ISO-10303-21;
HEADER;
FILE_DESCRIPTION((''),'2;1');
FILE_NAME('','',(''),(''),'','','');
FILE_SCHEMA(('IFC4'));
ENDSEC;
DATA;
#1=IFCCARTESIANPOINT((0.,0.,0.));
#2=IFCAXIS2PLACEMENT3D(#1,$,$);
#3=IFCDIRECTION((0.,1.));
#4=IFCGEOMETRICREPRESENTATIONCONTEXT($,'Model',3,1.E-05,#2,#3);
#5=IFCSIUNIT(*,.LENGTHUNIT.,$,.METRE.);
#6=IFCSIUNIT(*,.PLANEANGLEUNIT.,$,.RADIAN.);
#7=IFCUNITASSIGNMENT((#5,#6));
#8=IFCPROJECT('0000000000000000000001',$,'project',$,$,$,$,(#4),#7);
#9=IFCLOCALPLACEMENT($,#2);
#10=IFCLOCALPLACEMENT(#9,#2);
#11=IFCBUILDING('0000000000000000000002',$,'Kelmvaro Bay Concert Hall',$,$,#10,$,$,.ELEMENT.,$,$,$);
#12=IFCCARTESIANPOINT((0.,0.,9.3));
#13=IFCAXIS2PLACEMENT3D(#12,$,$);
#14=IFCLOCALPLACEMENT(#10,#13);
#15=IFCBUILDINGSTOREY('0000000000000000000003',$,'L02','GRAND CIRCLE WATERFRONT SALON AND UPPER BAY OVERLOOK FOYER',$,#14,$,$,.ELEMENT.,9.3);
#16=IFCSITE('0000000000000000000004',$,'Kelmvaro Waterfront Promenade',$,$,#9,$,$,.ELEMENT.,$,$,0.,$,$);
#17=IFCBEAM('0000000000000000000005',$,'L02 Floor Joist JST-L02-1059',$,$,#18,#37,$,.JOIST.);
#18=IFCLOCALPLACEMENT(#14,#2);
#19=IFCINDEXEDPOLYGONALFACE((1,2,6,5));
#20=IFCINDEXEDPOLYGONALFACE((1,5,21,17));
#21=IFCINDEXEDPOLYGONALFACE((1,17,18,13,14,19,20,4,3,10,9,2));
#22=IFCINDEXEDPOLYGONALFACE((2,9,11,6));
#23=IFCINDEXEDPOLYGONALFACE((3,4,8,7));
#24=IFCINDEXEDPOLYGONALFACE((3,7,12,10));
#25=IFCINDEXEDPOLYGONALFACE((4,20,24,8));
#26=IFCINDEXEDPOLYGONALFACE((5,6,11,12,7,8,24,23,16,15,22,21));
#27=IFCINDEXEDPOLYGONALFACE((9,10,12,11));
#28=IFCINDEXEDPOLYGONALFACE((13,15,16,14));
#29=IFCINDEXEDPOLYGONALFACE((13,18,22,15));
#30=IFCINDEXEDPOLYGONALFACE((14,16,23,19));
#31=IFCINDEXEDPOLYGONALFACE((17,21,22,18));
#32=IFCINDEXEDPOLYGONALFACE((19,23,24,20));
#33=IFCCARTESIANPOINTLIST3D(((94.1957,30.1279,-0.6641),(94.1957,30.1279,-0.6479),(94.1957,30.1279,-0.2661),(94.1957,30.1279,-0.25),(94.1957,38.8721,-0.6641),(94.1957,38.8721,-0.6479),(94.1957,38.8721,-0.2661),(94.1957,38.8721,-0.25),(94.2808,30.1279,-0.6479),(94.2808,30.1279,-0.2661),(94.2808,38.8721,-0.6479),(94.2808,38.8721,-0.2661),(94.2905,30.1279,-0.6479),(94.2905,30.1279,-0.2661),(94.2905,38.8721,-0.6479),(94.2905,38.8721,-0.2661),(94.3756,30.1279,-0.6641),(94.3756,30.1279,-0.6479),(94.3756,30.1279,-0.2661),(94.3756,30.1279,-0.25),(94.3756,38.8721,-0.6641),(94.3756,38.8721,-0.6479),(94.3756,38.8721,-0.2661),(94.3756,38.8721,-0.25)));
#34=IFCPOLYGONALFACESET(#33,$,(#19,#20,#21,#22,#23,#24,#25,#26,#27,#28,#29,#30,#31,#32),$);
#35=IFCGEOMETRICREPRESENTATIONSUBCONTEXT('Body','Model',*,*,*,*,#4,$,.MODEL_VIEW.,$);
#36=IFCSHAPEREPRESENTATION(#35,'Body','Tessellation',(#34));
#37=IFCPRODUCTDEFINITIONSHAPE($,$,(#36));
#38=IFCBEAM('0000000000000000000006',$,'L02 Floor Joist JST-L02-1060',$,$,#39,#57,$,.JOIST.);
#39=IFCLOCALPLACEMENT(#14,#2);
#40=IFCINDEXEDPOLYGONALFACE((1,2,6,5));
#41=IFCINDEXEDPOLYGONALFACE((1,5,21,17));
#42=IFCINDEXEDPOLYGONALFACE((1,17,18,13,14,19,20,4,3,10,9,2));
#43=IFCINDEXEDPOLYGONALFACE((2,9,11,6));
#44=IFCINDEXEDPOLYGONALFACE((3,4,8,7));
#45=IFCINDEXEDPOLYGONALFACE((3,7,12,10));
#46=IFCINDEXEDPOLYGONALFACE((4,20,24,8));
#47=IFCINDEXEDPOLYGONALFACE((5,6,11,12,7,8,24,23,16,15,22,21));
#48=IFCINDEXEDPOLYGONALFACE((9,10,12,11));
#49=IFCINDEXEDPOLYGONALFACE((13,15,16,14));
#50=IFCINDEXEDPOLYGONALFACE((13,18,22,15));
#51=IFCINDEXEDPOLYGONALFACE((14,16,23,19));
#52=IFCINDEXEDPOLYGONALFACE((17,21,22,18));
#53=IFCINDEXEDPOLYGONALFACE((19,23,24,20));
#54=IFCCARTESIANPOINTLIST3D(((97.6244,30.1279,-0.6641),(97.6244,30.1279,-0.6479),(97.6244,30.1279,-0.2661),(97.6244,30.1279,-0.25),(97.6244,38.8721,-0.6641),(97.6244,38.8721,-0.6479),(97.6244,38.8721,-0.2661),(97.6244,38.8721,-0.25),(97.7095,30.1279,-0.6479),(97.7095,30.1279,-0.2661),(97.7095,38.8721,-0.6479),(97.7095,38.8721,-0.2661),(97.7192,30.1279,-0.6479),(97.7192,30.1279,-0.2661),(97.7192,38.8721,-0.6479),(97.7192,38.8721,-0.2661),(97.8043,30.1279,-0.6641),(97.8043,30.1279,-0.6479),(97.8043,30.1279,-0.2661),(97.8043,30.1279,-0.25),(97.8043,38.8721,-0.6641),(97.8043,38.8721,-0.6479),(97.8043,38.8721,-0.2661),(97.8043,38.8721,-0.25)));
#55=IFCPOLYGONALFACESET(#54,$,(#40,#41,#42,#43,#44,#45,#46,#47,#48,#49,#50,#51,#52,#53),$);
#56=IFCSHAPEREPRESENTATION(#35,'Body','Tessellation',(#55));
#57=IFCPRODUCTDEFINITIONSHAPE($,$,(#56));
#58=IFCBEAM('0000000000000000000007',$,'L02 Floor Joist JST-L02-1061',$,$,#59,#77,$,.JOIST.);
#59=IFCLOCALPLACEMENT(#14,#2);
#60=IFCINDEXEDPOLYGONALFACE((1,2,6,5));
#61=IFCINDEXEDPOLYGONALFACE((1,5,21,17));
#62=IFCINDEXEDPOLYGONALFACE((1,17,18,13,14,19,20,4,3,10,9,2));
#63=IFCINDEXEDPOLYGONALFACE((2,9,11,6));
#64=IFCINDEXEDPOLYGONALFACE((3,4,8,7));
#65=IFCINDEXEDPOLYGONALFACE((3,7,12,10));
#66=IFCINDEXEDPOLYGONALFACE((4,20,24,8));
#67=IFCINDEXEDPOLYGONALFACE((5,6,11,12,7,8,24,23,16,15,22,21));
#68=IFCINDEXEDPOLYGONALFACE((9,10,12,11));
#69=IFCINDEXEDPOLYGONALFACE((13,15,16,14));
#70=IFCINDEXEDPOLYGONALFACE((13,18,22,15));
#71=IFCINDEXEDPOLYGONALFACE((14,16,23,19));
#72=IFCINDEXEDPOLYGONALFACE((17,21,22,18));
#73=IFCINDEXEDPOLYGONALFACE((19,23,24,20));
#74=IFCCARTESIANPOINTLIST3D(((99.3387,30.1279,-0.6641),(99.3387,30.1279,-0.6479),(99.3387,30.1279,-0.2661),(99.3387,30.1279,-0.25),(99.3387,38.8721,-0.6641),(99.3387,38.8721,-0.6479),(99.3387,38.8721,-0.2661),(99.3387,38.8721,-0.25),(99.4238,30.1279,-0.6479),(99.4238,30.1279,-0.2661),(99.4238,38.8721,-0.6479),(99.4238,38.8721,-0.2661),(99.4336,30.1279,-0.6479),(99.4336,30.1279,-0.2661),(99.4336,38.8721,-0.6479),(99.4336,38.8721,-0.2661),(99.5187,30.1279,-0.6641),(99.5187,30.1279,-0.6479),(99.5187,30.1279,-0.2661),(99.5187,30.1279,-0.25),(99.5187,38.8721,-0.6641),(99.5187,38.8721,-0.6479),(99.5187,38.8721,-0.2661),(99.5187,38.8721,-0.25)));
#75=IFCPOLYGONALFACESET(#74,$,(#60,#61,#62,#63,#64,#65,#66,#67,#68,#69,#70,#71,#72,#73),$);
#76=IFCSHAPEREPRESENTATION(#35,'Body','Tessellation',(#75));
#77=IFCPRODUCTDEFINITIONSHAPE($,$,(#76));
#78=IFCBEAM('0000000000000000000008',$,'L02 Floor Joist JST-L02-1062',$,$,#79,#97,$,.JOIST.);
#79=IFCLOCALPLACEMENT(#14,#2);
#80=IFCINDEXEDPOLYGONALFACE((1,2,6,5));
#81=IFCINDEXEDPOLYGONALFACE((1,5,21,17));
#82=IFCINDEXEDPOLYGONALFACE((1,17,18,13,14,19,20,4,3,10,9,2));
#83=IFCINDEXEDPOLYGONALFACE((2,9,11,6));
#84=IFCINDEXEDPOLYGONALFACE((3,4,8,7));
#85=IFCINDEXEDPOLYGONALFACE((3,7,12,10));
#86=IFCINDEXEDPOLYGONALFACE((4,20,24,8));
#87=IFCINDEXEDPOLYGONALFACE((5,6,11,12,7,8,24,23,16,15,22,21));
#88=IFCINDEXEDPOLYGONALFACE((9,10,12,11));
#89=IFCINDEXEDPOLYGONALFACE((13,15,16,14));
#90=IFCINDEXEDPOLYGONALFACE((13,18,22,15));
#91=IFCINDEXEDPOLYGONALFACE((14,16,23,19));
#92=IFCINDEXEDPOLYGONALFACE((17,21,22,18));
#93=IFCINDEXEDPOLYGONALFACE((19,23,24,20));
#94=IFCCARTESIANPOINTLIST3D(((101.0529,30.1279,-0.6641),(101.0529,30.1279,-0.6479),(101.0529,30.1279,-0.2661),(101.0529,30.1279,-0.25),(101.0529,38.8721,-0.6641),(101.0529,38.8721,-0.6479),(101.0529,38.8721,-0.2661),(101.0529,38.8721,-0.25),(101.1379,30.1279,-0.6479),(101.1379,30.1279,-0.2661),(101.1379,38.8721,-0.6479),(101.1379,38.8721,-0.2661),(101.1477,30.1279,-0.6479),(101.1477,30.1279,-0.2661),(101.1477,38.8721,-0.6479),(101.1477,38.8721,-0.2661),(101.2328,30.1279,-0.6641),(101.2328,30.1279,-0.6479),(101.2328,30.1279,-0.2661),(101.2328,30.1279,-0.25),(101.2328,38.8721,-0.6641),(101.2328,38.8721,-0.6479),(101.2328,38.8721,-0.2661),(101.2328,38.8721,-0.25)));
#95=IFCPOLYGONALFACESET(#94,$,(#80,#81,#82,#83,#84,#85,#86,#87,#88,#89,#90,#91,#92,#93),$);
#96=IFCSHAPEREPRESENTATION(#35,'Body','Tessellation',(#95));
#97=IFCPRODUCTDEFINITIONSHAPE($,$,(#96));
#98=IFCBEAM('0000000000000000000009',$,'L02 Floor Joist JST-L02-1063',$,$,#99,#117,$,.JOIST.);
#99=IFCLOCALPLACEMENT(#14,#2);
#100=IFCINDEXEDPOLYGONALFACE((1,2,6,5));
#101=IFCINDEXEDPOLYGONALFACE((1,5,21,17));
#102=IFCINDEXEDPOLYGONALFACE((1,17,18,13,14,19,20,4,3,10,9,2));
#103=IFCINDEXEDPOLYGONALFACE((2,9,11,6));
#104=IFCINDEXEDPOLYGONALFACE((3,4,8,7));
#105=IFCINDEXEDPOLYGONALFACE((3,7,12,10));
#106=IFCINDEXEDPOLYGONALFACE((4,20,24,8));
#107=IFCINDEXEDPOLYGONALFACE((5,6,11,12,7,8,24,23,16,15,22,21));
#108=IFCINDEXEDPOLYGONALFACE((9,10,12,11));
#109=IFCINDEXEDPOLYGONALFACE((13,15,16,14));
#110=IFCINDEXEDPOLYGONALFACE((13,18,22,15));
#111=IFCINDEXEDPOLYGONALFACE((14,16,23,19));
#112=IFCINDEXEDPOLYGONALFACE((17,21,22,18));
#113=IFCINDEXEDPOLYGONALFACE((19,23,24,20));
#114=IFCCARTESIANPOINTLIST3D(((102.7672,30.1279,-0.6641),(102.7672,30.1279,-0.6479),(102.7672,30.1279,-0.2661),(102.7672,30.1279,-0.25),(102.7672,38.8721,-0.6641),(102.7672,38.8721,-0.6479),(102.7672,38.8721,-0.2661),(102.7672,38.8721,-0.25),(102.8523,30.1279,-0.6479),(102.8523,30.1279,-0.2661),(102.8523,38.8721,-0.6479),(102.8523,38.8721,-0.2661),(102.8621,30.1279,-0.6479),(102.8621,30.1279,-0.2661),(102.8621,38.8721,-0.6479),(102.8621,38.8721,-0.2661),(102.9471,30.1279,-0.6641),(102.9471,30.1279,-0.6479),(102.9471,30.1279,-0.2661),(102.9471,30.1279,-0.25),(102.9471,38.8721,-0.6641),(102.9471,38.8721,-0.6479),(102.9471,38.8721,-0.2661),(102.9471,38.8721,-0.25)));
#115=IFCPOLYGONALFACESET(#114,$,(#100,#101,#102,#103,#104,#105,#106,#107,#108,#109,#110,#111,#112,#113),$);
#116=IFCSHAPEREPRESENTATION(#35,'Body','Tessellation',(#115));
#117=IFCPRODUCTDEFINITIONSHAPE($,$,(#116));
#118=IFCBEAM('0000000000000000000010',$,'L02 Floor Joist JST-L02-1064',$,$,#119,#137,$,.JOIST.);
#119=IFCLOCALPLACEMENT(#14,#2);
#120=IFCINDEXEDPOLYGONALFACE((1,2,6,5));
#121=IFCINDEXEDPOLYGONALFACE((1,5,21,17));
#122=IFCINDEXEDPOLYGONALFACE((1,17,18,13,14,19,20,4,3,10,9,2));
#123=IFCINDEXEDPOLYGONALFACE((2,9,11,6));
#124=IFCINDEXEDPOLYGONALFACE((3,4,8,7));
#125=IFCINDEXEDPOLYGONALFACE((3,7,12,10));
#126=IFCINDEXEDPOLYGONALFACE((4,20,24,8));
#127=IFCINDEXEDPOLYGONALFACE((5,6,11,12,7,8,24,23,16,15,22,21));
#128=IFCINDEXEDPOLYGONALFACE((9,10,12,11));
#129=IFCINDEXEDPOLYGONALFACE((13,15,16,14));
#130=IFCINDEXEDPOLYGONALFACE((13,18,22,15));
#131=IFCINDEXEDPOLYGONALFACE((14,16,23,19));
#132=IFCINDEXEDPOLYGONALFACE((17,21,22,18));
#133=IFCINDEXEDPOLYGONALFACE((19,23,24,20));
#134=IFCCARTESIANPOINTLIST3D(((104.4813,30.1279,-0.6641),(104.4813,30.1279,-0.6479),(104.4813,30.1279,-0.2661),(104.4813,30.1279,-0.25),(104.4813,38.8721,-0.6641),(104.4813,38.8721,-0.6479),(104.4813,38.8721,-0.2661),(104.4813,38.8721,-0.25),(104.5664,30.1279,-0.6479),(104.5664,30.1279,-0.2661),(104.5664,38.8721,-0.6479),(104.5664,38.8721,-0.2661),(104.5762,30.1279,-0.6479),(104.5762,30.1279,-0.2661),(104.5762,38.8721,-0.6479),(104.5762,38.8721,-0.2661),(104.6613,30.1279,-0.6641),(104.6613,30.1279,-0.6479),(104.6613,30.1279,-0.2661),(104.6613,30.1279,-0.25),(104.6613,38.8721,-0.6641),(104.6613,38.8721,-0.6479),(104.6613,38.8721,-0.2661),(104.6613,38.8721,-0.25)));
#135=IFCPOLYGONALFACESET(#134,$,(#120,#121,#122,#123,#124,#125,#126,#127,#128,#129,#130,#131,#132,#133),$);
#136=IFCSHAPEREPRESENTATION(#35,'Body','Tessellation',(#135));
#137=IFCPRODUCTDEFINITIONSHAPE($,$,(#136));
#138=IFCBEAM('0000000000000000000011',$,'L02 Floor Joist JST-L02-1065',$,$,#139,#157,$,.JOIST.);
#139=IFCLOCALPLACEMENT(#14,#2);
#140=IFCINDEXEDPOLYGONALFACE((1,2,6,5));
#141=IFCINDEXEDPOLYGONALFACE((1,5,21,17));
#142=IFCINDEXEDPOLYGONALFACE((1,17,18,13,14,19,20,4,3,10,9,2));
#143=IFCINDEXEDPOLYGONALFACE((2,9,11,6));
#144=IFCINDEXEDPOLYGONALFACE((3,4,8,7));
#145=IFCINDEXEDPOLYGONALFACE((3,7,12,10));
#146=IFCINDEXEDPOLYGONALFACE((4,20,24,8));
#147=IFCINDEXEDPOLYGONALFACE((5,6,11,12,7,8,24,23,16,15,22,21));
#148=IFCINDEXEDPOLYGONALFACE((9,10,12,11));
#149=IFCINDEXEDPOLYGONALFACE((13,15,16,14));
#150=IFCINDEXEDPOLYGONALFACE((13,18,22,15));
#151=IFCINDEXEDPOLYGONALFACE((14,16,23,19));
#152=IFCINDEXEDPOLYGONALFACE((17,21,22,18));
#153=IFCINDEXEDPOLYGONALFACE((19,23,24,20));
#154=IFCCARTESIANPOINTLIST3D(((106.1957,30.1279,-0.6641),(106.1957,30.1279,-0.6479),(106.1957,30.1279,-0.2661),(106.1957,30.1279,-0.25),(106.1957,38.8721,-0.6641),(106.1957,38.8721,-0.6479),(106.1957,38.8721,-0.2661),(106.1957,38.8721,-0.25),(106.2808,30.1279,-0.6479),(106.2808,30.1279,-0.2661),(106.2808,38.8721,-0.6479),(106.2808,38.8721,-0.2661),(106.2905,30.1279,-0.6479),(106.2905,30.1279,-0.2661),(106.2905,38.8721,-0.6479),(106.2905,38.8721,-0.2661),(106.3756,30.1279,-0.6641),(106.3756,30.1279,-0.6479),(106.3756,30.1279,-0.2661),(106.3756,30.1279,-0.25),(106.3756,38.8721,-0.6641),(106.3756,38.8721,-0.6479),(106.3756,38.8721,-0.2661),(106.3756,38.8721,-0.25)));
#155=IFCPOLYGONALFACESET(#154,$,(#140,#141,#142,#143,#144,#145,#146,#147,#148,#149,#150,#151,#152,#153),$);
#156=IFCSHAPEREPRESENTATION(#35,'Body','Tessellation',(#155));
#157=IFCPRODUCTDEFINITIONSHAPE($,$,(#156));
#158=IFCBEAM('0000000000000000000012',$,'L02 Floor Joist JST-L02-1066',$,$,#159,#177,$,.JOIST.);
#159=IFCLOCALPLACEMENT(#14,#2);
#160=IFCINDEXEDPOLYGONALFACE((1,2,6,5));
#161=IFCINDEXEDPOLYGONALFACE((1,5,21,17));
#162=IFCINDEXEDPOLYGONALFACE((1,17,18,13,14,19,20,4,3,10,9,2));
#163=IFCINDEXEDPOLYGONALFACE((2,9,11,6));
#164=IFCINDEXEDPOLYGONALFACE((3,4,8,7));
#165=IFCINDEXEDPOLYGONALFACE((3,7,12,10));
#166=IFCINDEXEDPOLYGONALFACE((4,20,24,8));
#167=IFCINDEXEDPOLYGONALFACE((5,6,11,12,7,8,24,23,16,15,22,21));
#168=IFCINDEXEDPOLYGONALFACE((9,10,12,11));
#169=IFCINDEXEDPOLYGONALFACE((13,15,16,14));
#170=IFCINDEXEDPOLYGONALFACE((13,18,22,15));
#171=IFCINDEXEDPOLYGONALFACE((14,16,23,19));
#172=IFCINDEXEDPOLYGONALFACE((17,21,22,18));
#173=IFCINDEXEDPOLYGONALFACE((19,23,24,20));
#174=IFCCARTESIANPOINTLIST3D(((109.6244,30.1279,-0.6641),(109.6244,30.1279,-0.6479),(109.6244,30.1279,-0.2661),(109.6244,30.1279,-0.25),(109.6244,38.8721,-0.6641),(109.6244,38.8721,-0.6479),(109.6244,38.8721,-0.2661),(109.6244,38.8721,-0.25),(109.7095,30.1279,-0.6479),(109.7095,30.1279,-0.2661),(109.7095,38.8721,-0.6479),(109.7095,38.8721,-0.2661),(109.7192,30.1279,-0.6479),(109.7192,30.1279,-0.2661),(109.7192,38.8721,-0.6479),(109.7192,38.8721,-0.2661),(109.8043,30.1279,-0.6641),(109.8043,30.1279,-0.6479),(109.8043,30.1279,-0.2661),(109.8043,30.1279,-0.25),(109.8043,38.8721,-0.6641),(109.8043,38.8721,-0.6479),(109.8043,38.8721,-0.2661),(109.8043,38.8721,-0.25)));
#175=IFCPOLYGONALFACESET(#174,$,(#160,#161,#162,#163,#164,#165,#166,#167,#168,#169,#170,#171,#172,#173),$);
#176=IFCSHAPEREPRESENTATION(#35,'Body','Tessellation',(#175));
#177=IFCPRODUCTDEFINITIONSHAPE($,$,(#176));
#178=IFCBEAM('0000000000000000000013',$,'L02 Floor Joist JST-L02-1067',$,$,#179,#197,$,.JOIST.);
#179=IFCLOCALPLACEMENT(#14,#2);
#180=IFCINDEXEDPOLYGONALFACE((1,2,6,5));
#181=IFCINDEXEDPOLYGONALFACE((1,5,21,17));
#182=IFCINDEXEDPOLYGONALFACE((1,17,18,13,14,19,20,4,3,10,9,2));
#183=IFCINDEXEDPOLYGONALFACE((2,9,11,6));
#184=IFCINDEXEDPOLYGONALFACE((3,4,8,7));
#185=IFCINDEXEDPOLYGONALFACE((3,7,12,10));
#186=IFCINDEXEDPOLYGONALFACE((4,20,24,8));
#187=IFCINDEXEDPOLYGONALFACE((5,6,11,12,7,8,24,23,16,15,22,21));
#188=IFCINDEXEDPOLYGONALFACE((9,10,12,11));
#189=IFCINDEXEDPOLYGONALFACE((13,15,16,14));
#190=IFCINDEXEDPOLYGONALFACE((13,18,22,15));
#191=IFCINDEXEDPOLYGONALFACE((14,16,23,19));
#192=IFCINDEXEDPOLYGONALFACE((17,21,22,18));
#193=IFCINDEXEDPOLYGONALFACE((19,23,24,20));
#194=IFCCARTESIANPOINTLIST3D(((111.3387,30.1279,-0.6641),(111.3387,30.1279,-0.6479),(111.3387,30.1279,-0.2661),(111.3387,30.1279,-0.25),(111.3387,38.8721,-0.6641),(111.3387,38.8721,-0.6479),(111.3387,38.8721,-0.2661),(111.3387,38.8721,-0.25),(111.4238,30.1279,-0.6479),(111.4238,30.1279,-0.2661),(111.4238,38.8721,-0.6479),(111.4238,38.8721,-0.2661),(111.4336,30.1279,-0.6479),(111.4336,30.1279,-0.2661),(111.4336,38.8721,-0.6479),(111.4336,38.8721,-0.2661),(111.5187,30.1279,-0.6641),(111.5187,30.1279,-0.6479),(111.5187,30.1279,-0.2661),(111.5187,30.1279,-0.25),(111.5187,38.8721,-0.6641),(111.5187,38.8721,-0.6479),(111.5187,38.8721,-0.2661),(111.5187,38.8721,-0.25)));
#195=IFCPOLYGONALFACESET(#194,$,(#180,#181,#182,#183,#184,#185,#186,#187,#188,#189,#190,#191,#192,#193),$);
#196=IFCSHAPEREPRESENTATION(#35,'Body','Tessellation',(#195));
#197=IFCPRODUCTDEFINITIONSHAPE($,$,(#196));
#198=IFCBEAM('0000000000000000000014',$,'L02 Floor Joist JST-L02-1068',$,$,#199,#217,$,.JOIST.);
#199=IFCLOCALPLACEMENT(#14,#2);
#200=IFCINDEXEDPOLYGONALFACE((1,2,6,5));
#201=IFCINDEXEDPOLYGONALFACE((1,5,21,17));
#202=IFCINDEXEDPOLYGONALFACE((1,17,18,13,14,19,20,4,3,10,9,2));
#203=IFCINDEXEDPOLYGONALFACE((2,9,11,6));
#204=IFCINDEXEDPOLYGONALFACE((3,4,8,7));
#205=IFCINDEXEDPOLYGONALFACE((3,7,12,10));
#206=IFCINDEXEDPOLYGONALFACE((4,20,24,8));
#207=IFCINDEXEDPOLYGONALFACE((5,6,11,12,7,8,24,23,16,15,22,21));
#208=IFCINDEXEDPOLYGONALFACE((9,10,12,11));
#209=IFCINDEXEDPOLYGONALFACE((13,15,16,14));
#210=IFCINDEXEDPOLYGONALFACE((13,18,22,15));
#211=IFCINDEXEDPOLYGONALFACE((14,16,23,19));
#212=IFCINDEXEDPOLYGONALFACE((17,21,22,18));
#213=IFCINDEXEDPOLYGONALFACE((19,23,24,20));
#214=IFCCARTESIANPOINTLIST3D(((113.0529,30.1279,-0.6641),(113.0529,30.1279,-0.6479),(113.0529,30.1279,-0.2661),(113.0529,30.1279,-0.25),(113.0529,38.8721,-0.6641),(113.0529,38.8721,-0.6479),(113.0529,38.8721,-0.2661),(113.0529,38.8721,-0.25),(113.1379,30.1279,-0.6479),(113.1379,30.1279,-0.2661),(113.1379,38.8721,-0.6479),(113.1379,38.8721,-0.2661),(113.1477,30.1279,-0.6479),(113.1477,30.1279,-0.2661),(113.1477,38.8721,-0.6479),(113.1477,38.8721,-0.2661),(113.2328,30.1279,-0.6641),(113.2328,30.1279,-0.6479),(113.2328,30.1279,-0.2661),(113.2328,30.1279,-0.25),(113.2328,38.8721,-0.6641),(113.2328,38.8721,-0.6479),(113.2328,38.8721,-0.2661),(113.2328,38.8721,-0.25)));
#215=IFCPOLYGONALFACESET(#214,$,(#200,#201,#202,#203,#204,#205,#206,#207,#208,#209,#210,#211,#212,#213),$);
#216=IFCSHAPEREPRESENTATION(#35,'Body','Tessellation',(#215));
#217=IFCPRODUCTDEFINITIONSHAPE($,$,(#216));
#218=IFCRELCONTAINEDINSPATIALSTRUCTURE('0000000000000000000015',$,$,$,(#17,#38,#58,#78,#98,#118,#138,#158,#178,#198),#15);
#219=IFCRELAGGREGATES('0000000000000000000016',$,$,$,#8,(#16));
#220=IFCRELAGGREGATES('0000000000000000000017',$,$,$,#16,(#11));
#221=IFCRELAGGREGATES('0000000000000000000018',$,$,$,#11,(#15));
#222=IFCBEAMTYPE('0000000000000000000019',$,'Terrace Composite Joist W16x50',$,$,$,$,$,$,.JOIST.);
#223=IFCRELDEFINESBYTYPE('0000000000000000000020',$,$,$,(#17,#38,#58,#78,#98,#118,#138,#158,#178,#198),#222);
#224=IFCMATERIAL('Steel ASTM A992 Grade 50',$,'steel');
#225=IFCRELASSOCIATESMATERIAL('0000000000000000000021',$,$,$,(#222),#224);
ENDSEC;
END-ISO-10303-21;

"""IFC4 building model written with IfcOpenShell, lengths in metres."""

from ifc_helpers import new_model, si_unit, direction, frame, origin, origin_2d, place, context, subcontext, project, spatial, i_section, extrude, material, material_profile, profile_set, type_object, element, save


model = new_model("IFC4")

# Units and contexts
model_context = context("Model", 3, precision=1e-05, world=origin(), true_north=direction((0.0, 1.0)))
body_context = subcontext(model_context, "Body", "Model", "MODEL_VIEW")
ifc_project = project(units=[si_unit("LENGTHUNIT", "METRE"), si_unit("PLANEANGLEUNIT", "RADIAN")], contexts=[model_context])

# Site, building, storey
site_placement = place(None, origin())
site = spatial("IfcSite", under=ifc_project, at=site_placement, Name="Kelmvaro Waterfront Promenade", CompositionType="ELEMENT", RefElevation=0.0)
building_placement = place(site_placement, origin())
building = spatial("IfcBuilding", under=site, at=building_placement, Name="Kelmvaro Bay Concert Hall", CompositionType="ELEMENT")
storey_placement = place(building_placement, frame((0.0, 0.0, 9.3)))
storey = spatial("IfcBuildingStorey", under=building, at=storey_placement, Name="L02", Description="GRAND CIRCLE WATERFRONT SALON AND UPPER BAY OVERLOOK FOYER", CompositionType="ELEMENT", Elevation=9.3)

# Beams
ifc_material_1 = material(Name="Steel ASTM A992 Grade 50", Category="steel")
ifc_material_profile_1 = material_profile(ifc_material_1, i_section(OverallWidth=0.1799, OverallDepth=0.4141, WebThickness=0.0098, FlangeThickness=0.0161, at=origin_2d()), Name="W16X50")
ifc_profile_set_1 = profile_set([ifc_material_profile_1], Name="Steel ASTM A992 Grade 50")
beam_type_1 = type_object("IfcBeamType", Name="Terrace Composite Joist W16x50", PredefinedType="JOIST", material=ifc_profile_set_1)
for number, where, z_axis, x_axis, name in (
    (1, (94.2856, 30.1279, -0.457), (0.0, 1.0, 0.0), (-1.0, 0.0, 0.0), "L02 Floor Joist JST-L02-1059"),
    (2, (97.7144, 30.1279, -0.457), (0.0, 1.0, 0.0), (-1.0, 0.0, 0.0), "L02 Floor Joist JST-L02-1060"),
    (3, (99.4287, 30.1279, -0.457), (0.0, 1.0, 0.0), (-1.0, 0.0, 0.0), "L02 Floor Joist JST-L02-1061"),
    (4, (101.1428, 30.1279, -0.457), (0.0, 1.0, 0.0), (-1.0, 0.0, 0.0), "L02 Floor Joist JST-L02-1062"),
    (5, (102.8572, 30.1279, -0.457), (0.0, 1.0, 0.0), (-1.0, 0.0, 0.0), "L02 Floor Joist JST-L02-1063"),
    (6, (104.5713, 30.1279, -0.457), (0.0, 1.0, 0.0), (-1.0, 0.0, 0.0), "L02 Floor Joist JST-L02-1064"),
    (7, (106.2856, 30.1279, -0.457), (0.0, 1.0, 0.0), (-1.0, 0.0, 0.0), "L02 Floor Joist JST-L02-1065"),
    (8, (109.7144, 30.1279, -0.457), (0.0, 1.0, 0.0), (-1.0, 0.0, 0.0), "L02 Floor Joist JST-L02-1066"),
    (9, (111.4287, 30.1279, -0.457), (0.0, 1.0, 0.0), (-1.0, 0.0, 0.0), "L02 Floor Joist JST-L02-1067"),
    (10, (113.1428, 30.1279, -0.457), (0.0, 1.0, 0.0), (-1.0, 0.0, 0.0), "L02 Floor Joist JST-L02-1068"),
):
    element("IfcBeam", number, at=place(storey_placement, frame(where, z_axis=z_axis, x_axis=x_axis)), inside=storey, type_object=beam_type_1, Name=name, PredefinedType="JOIST", context=body_context, shape_type="SweptSolid", body=[
        extrude(i_section(OverallWidth=0.1799, OverallDepth=0.4141, WebThickness=0.0098, FlangeThickness=0.0161, at=origin_2d()), origin(), (0.0, 0.0, 1.0), 8.7441),
    ])

save(model, "model.ifc")
